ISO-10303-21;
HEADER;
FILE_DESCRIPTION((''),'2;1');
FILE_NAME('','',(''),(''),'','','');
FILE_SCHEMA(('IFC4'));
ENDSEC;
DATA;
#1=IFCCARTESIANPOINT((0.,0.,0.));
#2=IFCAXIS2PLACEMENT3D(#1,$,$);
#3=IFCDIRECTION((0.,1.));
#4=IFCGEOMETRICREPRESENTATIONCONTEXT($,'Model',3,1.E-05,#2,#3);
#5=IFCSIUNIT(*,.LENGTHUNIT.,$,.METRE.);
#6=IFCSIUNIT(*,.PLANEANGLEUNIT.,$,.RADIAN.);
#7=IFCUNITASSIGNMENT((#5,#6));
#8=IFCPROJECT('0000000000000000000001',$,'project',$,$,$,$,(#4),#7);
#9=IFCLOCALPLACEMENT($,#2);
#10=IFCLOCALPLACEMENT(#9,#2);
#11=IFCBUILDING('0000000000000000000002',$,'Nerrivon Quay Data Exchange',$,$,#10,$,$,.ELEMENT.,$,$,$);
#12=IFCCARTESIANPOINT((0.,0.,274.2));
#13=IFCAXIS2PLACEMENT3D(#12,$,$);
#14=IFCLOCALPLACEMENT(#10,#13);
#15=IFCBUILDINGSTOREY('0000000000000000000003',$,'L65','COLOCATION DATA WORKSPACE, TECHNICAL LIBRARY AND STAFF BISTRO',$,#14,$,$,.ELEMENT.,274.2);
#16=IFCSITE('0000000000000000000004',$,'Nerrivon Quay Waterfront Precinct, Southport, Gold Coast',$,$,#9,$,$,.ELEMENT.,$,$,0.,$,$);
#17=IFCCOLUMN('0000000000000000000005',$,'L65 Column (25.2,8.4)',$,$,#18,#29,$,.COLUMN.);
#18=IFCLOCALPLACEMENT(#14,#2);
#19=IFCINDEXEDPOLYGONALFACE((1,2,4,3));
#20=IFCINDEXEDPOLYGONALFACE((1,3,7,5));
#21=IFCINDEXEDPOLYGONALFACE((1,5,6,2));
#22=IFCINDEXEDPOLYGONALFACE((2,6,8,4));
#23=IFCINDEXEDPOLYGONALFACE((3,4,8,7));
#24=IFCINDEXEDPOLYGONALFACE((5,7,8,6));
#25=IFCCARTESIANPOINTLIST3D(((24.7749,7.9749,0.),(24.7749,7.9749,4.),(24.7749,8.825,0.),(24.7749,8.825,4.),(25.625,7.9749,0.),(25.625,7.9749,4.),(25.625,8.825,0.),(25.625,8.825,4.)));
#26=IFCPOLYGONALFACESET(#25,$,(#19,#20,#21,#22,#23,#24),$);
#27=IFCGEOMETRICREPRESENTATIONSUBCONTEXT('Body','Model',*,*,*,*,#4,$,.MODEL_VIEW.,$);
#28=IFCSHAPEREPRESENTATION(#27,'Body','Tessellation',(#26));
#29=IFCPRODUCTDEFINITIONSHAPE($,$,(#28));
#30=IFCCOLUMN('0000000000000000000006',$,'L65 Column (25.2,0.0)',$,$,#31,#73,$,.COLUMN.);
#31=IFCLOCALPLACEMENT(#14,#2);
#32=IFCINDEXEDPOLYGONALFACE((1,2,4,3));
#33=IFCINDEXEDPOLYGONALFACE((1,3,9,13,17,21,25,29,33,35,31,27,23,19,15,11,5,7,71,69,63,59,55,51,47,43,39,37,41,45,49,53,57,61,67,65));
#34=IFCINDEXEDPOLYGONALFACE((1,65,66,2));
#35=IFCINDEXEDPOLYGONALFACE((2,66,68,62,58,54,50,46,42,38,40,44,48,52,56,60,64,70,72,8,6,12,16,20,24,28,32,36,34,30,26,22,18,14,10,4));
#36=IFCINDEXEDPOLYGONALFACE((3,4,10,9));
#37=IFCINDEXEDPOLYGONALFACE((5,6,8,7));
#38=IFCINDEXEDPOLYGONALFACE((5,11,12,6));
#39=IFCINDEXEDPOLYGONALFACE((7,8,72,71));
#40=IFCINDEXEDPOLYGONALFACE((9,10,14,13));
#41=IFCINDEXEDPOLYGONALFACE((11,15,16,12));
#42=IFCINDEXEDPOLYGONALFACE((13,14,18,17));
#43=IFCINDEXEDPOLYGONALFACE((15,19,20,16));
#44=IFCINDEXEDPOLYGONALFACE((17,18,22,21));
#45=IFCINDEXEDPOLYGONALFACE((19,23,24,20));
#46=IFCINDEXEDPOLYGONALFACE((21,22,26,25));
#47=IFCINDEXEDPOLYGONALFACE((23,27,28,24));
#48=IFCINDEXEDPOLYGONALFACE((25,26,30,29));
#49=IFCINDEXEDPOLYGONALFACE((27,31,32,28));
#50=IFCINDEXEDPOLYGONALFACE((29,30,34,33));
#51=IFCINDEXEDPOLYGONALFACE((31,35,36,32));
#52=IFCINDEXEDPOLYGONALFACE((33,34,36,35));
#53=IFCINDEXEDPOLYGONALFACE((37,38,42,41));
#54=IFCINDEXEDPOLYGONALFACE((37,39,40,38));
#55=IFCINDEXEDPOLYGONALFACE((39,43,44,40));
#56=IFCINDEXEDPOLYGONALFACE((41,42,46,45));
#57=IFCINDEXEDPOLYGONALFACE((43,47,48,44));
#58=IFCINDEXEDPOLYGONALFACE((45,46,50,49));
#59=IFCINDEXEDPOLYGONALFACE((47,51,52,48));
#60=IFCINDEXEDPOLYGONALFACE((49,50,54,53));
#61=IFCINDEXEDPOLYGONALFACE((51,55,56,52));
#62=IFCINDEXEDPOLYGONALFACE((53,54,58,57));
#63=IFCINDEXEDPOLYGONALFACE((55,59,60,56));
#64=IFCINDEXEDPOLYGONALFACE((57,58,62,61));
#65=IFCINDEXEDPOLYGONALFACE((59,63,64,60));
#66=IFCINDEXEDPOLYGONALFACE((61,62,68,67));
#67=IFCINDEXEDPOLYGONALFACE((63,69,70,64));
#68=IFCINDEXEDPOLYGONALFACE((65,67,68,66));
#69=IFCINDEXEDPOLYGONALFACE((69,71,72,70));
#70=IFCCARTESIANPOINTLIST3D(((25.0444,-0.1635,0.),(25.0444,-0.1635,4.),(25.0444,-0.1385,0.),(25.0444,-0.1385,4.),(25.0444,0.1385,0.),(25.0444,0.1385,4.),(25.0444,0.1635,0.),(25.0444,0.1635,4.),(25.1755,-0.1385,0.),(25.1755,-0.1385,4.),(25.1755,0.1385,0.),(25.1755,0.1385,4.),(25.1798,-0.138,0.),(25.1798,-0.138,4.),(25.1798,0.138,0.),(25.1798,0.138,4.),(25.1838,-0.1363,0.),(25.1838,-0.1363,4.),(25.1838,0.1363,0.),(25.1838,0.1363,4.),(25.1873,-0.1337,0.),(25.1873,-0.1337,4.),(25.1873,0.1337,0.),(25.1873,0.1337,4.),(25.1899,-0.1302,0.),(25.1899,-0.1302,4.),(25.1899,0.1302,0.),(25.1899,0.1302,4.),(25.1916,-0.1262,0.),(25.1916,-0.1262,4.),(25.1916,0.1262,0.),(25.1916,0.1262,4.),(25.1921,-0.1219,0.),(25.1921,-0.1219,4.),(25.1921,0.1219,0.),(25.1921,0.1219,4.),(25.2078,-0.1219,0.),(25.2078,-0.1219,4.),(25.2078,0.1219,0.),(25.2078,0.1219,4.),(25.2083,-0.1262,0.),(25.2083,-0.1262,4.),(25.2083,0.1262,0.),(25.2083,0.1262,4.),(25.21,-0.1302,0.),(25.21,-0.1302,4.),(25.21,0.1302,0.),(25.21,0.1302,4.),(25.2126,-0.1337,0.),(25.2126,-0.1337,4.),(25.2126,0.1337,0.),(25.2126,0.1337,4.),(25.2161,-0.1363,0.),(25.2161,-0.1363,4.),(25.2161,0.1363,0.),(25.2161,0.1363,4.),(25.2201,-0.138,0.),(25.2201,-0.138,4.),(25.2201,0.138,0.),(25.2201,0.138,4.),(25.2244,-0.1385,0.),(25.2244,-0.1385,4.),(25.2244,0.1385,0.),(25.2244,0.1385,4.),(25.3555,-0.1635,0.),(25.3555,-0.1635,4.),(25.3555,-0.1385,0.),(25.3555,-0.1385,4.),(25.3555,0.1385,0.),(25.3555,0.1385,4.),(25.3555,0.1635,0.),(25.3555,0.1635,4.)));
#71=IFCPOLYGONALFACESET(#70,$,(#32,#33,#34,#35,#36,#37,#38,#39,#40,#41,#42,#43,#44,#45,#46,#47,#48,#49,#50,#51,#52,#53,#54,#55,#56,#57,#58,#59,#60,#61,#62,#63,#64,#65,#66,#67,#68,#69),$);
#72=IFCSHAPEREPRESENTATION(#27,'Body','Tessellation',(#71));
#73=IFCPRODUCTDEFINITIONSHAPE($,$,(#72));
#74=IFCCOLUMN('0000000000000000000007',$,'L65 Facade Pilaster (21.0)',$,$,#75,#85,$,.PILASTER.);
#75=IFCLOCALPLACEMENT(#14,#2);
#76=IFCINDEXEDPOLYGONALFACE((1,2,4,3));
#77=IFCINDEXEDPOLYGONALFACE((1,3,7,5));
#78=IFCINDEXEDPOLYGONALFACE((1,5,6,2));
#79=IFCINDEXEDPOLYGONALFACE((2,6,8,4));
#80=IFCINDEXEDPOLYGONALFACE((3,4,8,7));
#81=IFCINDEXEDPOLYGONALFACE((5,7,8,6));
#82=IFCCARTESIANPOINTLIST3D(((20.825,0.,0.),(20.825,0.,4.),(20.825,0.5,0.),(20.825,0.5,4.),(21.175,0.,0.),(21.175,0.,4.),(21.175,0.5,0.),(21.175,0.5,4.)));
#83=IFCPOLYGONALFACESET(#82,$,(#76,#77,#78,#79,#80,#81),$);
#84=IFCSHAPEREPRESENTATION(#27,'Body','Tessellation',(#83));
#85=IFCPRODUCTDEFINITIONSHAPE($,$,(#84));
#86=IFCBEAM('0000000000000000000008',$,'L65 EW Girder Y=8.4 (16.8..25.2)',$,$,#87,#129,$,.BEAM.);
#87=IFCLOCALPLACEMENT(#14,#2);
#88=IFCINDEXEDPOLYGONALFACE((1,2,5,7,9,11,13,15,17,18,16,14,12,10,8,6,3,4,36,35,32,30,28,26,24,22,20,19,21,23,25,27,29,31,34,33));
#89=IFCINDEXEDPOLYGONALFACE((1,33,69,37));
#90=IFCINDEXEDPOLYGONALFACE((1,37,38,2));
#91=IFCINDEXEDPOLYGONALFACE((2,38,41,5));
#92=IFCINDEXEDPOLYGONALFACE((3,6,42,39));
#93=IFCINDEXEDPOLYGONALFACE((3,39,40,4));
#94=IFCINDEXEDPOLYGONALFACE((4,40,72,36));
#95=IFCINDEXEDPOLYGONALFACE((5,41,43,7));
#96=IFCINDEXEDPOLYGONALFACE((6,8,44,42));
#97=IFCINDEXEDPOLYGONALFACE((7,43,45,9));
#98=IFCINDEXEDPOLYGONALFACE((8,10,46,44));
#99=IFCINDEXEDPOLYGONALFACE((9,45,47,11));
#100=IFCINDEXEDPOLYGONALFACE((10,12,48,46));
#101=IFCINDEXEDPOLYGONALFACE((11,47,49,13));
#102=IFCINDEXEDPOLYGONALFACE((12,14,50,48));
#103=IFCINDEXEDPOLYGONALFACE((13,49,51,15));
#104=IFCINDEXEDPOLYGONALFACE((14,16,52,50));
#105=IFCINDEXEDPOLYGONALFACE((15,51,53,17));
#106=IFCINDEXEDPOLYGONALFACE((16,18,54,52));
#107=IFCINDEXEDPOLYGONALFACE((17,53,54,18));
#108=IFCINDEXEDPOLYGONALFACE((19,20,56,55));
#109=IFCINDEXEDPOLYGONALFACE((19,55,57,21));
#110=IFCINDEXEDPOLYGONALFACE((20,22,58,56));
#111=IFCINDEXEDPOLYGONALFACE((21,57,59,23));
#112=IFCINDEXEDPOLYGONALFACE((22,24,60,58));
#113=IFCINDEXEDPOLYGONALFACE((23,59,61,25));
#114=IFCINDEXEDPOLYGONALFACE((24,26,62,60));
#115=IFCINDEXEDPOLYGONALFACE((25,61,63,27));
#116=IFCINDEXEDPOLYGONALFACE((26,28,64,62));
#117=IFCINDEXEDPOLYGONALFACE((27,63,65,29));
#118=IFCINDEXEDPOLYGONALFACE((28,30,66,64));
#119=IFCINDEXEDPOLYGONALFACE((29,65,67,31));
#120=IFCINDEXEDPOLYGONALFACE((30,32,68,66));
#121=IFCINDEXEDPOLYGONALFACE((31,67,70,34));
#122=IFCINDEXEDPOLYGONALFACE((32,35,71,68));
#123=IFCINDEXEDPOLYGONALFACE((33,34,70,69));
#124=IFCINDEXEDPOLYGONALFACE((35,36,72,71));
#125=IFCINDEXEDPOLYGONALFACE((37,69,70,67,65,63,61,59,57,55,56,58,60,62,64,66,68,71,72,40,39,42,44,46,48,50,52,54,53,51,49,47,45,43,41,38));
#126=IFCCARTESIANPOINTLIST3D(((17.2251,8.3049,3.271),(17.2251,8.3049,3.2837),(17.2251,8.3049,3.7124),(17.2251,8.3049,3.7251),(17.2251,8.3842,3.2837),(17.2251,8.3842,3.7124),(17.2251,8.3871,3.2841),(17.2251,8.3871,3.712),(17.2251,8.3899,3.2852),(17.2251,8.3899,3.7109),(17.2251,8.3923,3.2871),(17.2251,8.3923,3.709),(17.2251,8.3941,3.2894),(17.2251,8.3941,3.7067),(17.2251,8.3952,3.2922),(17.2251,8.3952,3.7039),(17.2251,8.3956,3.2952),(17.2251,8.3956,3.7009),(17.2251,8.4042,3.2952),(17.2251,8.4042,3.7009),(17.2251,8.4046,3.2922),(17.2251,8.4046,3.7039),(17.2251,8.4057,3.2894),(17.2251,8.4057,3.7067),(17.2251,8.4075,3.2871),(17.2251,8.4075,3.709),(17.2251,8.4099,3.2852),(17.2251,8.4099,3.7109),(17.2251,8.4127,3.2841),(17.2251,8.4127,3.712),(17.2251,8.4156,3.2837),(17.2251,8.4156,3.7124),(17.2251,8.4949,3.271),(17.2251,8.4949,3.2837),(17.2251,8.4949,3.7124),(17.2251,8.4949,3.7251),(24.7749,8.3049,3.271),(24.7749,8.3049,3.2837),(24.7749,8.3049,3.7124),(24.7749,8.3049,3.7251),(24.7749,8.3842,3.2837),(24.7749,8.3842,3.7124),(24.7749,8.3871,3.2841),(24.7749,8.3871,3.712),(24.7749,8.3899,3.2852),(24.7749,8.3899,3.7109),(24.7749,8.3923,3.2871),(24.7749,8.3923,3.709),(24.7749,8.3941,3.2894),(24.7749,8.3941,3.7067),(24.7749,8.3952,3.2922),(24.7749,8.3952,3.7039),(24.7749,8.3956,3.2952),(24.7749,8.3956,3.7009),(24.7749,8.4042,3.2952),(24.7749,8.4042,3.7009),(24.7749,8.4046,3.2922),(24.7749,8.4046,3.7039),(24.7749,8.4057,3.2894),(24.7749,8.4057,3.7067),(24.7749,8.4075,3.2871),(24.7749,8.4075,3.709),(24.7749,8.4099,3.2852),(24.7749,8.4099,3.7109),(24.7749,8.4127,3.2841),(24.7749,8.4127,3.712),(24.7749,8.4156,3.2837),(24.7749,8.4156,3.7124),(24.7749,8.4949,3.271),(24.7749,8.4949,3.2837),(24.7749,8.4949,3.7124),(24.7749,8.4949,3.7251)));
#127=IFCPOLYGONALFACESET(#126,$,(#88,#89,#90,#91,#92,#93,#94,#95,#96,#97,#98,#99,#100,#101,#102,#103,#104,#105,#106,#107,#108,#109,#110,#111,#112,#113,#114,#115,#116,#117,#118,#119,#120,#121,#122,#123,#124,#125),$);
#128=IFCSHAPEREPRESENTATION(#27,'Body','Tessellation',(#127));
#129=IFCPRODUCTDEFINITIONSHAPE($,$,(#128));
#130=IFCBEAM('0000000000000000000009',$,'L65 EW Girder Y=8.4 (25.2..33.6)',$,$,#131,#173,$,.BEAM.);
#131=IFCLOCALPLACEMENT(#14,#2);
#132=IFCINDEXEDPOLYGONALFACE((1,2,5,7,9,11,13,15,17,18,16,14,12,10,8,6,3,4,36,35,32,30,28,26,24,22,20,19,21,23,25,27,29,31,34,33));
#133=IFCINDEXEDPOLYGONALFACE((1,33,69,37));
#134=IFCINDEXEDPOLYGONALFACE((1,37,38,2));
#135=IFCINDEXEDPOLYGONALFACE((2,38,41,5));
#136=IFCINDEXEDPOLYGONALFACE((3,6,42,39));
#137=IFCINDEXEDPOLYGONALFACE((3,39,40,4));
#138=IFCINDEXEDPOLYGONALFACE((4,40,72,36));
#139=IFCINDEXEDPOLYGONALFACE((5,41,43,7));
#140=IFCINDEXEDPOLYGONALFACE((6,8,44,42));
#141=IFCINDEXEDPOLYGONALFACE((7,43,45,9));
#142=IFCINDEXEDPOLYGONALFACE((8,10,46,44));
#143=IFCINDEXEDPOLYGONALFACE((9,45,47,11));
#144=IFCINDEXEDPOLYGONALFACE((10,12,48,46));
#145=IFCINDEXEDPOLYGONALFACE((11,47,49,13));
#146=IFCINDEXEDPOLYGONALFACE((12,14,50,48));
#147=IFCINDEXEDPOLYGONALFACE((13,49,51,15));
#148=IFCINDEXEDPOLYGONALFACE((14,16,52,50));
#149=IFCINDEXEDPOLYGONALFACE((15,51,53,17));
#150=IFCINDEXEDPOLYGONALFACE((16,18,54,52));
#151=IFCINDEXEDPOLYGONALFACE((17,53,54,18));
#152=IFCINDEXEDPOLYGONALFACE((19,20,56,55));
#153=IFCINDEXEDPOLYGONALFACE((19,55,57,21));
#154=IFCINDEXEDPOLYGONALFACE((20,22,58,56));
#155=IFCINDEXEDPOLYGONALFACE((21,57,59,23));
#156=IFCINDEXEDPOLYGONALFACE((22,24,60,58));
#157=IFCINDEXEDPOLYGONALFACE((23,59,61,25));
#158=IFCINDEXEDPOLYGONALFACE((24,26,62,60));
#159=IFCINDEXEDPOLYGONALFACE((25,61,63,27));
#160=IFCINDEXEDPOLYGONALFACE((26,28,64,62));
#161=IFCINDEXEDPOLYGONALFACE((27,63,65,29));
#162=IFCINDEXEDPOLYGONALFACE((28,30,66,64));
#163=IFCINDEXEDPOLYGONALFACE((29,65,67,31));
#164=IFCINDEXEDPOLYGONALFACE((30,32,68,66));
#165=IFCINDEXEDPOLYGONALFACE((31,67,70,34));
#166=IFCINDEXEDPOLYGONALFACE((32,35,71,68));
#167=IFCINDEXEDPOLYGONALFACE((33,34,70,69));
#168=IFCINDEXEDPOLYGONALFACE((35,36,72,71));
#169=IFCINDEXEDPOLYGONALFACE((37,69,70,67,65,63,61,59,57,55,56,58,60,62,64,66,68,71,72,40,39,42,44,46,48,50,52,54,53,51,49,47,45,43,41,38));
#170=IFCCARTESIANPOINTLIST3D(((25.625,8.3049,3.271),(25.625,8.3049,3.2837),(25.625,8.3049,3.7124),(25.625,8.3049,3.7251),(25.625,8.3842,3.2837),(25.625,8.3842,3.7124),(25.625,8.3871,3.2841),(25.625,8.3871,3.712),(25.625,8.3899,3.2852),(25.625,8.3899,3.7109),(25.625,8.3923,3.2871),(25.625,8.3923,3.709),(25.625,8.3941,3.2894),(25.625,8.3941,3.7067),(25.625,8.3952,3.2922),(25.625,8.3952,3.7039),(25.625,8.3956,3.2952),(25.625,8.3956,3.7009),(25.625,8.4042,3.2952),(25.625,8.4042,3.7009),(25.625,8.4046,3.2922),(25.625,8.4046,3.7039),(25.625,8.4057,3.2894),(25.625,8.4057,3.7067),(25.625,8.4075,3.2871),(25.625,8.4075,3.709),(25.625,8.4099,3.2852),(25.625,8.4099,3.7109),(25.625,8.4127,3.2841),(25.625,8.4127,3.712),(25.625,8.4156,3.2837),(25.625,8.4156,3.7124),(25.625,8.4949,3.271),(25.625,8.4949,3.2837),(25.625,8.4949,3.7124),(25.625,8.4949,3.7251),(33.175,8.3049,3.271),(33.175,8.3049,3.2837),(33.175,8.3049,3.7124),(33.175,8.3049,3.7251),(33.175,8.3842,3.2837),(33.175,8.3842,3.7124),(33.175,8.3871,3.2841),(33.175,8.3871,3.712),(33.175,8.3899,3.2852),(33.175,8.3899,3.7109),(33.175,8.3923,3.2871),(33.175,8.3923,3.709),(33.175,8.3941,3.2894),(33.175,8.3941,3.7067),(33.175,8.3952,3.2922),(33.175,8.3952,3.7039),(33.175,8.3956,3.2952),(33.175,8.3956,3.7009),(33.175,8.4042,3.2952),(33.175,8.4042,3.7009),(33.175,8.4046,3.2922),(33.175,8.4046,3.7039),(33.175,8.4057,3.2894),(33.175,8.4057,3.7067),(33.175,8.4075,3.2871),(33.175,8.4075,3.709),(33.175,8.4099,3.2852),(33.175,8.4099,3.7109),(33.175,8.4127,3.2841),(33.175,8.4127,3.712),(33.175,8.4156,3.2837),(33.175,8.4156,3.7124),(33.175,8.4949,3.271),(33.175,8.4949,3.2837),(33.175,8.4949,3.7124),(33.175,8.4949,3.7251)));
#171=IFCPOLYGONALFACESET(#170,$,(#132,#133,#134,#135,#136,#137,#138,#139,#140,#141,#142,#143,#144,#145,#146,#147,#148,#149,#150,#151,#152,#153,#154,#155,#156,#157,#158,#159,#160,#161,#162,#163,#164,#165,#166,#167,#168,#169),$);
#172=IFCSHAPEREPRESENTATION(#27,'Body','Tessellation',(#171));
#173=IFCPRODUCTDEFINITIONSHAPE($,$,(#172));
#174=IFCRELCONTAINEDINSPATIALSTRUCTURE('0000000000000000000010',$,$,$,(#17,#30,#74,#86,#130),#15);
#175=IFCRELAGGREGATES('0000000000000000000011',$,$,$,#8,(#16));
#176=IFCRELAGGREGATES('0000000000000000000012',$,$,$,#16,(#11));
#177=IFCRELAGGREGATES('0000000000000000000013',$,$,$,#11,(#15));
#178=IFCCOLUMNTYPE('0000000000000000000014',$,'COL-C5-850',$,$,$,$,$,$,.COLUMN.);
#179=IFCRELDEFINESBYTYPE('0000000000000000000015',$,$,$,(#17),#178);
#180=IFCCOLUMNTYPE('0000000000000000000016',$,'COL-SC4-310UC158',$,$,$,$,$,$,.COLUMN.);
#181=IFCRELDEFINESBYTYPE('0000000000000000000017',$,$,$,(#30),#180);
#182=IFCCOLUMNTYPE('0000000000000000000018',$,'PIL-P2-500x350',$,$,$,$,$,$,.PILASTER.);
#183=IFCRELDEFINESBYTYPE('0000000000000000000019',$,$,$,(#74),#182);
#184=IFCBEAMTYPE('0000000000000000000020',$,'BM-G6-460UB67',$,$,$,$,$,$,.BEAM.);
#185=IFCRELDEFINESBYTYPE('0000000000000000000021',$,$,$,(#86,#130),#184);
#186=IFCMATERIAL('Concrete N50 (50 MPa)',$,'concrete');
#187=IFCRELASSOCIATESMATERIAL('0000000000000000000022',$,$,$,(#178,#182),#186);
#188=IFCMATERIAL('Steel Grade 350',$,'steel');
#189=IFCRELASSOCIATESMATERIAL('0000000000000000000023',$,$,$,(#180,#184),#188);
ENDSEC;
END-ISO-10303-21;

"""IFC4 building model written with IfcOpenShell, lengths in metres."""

from ifc_helpers import new_model, si_unit, direction, frame, origin, origin_2d, place, context, subcontext, project, spatial, rectangle, i_section, extrude, material, material_profile, profile_set, type_object, element, save


model = new_model("IFC4")

# Units and contexts
model_context = context("Model", 3, precision=1e-05, world=origin(), true_north=direction((0.0, 1.0)))
body_context = subcontext(model_context, "Body", "Model", "MODEL_VIEW")
ifc_project = project(units=[si_unit("LENGTHUNIT", "METRE"), si_unit("PLANEANGLEUNIT", "RADIAN")], contexts=[model_context])

# Site, building, storey
site_placement = place(None, origin())
site = spatial("IfcSite", under=ifc_project, at=site_placement, Name="Nerrivon Quay Waterfront Precinct, Southport, Gold Coast", CompositionType="ELEMENT", RefElevation=0.0)
building_placement = place(site_placement, origin())
building = spatial("IfcBuilding", under=site, at=building_placement, Name="Nerrivon Quay Data Exchange", CompositionType="ELEMENT")
storey_placement = place(building_placement, frame((0.0, 0.0, 274.2)))
storey = spatial("IfcBuildingStorey", under=building, at=storey_placement, Name="L65", Description="COLOCATION DATA WORKSPACE, TECHNICAL LIBRARY AND STAFF BISTRO", CompositionType="ELEMENT", Elevation=274.2)

# Columns
ifc_material_1 = material(Name="Concrete N50 (50 MPa)", Category="concrete")
ifc_material_profile_1 = material_profile(ifc_material_1, rectangle(XDim=0.8501, YDim=0.8501, at=origin_2d()), Name="RC-COL-850x850")
ifc_profile_set_1 = profile_set([ifc_material_profile_1], Name="Concrete N50 (50 MPa)")
column_type_1 = type_object("IfcColumnType", Name="COL-C5-850", PredefinedType="COLUMN", material=ifc_profile_set_1)
column_1_placement = place(storey_placement, frame((25.2, 8.3999, 0.0), z_axis=(0.0, 0.0, 1.0), x_axis=(1.0, 0.0, 0.0)))
element("IfcColumn", 1, at=column_1_placement, inside=storey, type_object=column_type_1, Name="L65 Column (25.2,8.4)", PredefinedType="COLUMN", context=body_context, shape_type="SweptSolid", body=[
    extrude(rectangle(XDim=0.8501, YDim=0.8501, at=origin_2d()), origin(), (0.0, 0.0, 1.0), 4.0),
])
ifc_material_2 = material(Name="Steel Grade 350", Category="steel")
ifc_material_profile_2 = material_profile(ifc_material_2, i_section(OverallWidth=0.311, OverallDepth=0.3269, WebThickness=0.0156, FlangeThickness=0.0249, FilletRadius=0.0166, at=origin_2d()), Name="310UC158")
ifc_profile_set_2 = profile_set([ifc_material_profile_2], Name="Steel Grade 350")
column_type_2 = type_object("IfcColumnType", Name="COL-SC4-310UC158", PredefinedType="COLUMN", material=ifc_profile_set_2)
column_2_placement = place(storey_placement, frame((25.2, 0.0, 0.0), z_axis=(0.0, 0.0, 1.0), x_axis=(1.0, 0.0, 0.0)))
element("IfcColumn", 2, at=column_2_placement, inside=storey, type_object=column_type_2, Name="L65 Column (25.2,0.0)", PredefinedType="COLUMN", context=body_context, shape_type="SweptSolid", body=[
    extrude(i_section(OverallWidth=0.311, OverallDepth=0.3269, WebThickness=0.0156, FlangeThickness=0.0249, FilletRadius=0.0166, at=origin_2d()), origin(), (0.0, 0.0, 1.0), 4.0),
])
ifc_material_profile_3 = material_profile(ifc_material_1, rectangle(XDim=0.3501, YDim=0.5, at=origin_2d()), Name="RC-PIL-500x350")
ifc_profile_set_3 = profile_set([ifc_material_profile_3], Name="Concrete N50 (50 MPa)")
column_type_3 = type_object("IfcColumnType", Name="PIL-P2-500x350", PredefinedType="PILASTER", material=ifc_profile_set_3)
column_3_placement = place(storey_placement, frame((21.0, 0.25, 0.0), z_axis=(0.0, 0.0, 1.0), x_axis=(1.0, 0.0, 0.0)))
element("IfcColumn", 3, at=column_3_placement, inside=storey, type_object=column_type_3, Name="L65 Facade Pilaster (21.0)", PredefinedType="PILASTER", context=body_context, shape_type="SweptSolid", body=[
    extrude(rectangle(XDim=0.3501, YDim=0.5, at=origin_2d()), origin(), (0.0, 0.0, 1.0), 4.0),
])

# Beams
ifc_material_profile_4 = material_profile(ifc_material_2, i_section(OverallWidth=0.1899, OverallDepth=0.4541, WebThickness=0.0085, FlangeThickness=0.0127, FilletRadius=0.0115, at=origin_2d()), Name="460UB67.1")
ifc_profile_set_4 = profile_set([ifc_material_profile_4], Name="Steel Grade 350")
beam_type_1 = type_object("IfcBeamType", Name="BM-G6-460UB67", PredefinedType="BEAM", material=ifc_profile_set_4)
beam_1_placement = place(storey_placement, frame((17.2251, 8.3999, 3.498), z_axis=(1.0, 0.0, 0.0), x_axis=(0.0, 1.0, 0.0)))
element("IfcBeam", 4, at=beam_1_placement, inside=storey, type_object=beam_type_1, Name="L65 EW Girder Y=8.4 (16.8..25.2)", PredefinedType="BEAM", context=body_context, shape_type="SweptSolid", body=[
    extrude(i_section(OverallWidth=0.1899, OverallDepth=0.4541, WebThickness=0.0085, FlangeThickness=0.0127, FilletRadius=0.0115, at=origin_2d()), origin(), (0.0, 0.0, 1.0), 7.5498),
])
beam_2_placement = place(storey_placement, frame((25.625, 8.3999, 3.498), z_axis=(1.0, 0.0, 0.0), x_axis=(0.0, 1.0, 0.0)))
element("IfcBeam", 5, at=beam_2_placement, inside=storey, type_object=beam_type_1, Name="L65 EW Girder Y=8.4 (25.2..33.6)", PredefinedType="BEAM", context=body_context, shape_type="SweptSolid", body=[
    extrude(i_section(OverallWidth=0.1899, OverallDepth=0.4541, WebThickness=0.0085, FlangeThickness=0.0127, FilletRadius=0.0115, at=origin_2d()), origin(), (0.0, 0.0, 1.0), 7.55),
])

save(model, "model.ifc")
